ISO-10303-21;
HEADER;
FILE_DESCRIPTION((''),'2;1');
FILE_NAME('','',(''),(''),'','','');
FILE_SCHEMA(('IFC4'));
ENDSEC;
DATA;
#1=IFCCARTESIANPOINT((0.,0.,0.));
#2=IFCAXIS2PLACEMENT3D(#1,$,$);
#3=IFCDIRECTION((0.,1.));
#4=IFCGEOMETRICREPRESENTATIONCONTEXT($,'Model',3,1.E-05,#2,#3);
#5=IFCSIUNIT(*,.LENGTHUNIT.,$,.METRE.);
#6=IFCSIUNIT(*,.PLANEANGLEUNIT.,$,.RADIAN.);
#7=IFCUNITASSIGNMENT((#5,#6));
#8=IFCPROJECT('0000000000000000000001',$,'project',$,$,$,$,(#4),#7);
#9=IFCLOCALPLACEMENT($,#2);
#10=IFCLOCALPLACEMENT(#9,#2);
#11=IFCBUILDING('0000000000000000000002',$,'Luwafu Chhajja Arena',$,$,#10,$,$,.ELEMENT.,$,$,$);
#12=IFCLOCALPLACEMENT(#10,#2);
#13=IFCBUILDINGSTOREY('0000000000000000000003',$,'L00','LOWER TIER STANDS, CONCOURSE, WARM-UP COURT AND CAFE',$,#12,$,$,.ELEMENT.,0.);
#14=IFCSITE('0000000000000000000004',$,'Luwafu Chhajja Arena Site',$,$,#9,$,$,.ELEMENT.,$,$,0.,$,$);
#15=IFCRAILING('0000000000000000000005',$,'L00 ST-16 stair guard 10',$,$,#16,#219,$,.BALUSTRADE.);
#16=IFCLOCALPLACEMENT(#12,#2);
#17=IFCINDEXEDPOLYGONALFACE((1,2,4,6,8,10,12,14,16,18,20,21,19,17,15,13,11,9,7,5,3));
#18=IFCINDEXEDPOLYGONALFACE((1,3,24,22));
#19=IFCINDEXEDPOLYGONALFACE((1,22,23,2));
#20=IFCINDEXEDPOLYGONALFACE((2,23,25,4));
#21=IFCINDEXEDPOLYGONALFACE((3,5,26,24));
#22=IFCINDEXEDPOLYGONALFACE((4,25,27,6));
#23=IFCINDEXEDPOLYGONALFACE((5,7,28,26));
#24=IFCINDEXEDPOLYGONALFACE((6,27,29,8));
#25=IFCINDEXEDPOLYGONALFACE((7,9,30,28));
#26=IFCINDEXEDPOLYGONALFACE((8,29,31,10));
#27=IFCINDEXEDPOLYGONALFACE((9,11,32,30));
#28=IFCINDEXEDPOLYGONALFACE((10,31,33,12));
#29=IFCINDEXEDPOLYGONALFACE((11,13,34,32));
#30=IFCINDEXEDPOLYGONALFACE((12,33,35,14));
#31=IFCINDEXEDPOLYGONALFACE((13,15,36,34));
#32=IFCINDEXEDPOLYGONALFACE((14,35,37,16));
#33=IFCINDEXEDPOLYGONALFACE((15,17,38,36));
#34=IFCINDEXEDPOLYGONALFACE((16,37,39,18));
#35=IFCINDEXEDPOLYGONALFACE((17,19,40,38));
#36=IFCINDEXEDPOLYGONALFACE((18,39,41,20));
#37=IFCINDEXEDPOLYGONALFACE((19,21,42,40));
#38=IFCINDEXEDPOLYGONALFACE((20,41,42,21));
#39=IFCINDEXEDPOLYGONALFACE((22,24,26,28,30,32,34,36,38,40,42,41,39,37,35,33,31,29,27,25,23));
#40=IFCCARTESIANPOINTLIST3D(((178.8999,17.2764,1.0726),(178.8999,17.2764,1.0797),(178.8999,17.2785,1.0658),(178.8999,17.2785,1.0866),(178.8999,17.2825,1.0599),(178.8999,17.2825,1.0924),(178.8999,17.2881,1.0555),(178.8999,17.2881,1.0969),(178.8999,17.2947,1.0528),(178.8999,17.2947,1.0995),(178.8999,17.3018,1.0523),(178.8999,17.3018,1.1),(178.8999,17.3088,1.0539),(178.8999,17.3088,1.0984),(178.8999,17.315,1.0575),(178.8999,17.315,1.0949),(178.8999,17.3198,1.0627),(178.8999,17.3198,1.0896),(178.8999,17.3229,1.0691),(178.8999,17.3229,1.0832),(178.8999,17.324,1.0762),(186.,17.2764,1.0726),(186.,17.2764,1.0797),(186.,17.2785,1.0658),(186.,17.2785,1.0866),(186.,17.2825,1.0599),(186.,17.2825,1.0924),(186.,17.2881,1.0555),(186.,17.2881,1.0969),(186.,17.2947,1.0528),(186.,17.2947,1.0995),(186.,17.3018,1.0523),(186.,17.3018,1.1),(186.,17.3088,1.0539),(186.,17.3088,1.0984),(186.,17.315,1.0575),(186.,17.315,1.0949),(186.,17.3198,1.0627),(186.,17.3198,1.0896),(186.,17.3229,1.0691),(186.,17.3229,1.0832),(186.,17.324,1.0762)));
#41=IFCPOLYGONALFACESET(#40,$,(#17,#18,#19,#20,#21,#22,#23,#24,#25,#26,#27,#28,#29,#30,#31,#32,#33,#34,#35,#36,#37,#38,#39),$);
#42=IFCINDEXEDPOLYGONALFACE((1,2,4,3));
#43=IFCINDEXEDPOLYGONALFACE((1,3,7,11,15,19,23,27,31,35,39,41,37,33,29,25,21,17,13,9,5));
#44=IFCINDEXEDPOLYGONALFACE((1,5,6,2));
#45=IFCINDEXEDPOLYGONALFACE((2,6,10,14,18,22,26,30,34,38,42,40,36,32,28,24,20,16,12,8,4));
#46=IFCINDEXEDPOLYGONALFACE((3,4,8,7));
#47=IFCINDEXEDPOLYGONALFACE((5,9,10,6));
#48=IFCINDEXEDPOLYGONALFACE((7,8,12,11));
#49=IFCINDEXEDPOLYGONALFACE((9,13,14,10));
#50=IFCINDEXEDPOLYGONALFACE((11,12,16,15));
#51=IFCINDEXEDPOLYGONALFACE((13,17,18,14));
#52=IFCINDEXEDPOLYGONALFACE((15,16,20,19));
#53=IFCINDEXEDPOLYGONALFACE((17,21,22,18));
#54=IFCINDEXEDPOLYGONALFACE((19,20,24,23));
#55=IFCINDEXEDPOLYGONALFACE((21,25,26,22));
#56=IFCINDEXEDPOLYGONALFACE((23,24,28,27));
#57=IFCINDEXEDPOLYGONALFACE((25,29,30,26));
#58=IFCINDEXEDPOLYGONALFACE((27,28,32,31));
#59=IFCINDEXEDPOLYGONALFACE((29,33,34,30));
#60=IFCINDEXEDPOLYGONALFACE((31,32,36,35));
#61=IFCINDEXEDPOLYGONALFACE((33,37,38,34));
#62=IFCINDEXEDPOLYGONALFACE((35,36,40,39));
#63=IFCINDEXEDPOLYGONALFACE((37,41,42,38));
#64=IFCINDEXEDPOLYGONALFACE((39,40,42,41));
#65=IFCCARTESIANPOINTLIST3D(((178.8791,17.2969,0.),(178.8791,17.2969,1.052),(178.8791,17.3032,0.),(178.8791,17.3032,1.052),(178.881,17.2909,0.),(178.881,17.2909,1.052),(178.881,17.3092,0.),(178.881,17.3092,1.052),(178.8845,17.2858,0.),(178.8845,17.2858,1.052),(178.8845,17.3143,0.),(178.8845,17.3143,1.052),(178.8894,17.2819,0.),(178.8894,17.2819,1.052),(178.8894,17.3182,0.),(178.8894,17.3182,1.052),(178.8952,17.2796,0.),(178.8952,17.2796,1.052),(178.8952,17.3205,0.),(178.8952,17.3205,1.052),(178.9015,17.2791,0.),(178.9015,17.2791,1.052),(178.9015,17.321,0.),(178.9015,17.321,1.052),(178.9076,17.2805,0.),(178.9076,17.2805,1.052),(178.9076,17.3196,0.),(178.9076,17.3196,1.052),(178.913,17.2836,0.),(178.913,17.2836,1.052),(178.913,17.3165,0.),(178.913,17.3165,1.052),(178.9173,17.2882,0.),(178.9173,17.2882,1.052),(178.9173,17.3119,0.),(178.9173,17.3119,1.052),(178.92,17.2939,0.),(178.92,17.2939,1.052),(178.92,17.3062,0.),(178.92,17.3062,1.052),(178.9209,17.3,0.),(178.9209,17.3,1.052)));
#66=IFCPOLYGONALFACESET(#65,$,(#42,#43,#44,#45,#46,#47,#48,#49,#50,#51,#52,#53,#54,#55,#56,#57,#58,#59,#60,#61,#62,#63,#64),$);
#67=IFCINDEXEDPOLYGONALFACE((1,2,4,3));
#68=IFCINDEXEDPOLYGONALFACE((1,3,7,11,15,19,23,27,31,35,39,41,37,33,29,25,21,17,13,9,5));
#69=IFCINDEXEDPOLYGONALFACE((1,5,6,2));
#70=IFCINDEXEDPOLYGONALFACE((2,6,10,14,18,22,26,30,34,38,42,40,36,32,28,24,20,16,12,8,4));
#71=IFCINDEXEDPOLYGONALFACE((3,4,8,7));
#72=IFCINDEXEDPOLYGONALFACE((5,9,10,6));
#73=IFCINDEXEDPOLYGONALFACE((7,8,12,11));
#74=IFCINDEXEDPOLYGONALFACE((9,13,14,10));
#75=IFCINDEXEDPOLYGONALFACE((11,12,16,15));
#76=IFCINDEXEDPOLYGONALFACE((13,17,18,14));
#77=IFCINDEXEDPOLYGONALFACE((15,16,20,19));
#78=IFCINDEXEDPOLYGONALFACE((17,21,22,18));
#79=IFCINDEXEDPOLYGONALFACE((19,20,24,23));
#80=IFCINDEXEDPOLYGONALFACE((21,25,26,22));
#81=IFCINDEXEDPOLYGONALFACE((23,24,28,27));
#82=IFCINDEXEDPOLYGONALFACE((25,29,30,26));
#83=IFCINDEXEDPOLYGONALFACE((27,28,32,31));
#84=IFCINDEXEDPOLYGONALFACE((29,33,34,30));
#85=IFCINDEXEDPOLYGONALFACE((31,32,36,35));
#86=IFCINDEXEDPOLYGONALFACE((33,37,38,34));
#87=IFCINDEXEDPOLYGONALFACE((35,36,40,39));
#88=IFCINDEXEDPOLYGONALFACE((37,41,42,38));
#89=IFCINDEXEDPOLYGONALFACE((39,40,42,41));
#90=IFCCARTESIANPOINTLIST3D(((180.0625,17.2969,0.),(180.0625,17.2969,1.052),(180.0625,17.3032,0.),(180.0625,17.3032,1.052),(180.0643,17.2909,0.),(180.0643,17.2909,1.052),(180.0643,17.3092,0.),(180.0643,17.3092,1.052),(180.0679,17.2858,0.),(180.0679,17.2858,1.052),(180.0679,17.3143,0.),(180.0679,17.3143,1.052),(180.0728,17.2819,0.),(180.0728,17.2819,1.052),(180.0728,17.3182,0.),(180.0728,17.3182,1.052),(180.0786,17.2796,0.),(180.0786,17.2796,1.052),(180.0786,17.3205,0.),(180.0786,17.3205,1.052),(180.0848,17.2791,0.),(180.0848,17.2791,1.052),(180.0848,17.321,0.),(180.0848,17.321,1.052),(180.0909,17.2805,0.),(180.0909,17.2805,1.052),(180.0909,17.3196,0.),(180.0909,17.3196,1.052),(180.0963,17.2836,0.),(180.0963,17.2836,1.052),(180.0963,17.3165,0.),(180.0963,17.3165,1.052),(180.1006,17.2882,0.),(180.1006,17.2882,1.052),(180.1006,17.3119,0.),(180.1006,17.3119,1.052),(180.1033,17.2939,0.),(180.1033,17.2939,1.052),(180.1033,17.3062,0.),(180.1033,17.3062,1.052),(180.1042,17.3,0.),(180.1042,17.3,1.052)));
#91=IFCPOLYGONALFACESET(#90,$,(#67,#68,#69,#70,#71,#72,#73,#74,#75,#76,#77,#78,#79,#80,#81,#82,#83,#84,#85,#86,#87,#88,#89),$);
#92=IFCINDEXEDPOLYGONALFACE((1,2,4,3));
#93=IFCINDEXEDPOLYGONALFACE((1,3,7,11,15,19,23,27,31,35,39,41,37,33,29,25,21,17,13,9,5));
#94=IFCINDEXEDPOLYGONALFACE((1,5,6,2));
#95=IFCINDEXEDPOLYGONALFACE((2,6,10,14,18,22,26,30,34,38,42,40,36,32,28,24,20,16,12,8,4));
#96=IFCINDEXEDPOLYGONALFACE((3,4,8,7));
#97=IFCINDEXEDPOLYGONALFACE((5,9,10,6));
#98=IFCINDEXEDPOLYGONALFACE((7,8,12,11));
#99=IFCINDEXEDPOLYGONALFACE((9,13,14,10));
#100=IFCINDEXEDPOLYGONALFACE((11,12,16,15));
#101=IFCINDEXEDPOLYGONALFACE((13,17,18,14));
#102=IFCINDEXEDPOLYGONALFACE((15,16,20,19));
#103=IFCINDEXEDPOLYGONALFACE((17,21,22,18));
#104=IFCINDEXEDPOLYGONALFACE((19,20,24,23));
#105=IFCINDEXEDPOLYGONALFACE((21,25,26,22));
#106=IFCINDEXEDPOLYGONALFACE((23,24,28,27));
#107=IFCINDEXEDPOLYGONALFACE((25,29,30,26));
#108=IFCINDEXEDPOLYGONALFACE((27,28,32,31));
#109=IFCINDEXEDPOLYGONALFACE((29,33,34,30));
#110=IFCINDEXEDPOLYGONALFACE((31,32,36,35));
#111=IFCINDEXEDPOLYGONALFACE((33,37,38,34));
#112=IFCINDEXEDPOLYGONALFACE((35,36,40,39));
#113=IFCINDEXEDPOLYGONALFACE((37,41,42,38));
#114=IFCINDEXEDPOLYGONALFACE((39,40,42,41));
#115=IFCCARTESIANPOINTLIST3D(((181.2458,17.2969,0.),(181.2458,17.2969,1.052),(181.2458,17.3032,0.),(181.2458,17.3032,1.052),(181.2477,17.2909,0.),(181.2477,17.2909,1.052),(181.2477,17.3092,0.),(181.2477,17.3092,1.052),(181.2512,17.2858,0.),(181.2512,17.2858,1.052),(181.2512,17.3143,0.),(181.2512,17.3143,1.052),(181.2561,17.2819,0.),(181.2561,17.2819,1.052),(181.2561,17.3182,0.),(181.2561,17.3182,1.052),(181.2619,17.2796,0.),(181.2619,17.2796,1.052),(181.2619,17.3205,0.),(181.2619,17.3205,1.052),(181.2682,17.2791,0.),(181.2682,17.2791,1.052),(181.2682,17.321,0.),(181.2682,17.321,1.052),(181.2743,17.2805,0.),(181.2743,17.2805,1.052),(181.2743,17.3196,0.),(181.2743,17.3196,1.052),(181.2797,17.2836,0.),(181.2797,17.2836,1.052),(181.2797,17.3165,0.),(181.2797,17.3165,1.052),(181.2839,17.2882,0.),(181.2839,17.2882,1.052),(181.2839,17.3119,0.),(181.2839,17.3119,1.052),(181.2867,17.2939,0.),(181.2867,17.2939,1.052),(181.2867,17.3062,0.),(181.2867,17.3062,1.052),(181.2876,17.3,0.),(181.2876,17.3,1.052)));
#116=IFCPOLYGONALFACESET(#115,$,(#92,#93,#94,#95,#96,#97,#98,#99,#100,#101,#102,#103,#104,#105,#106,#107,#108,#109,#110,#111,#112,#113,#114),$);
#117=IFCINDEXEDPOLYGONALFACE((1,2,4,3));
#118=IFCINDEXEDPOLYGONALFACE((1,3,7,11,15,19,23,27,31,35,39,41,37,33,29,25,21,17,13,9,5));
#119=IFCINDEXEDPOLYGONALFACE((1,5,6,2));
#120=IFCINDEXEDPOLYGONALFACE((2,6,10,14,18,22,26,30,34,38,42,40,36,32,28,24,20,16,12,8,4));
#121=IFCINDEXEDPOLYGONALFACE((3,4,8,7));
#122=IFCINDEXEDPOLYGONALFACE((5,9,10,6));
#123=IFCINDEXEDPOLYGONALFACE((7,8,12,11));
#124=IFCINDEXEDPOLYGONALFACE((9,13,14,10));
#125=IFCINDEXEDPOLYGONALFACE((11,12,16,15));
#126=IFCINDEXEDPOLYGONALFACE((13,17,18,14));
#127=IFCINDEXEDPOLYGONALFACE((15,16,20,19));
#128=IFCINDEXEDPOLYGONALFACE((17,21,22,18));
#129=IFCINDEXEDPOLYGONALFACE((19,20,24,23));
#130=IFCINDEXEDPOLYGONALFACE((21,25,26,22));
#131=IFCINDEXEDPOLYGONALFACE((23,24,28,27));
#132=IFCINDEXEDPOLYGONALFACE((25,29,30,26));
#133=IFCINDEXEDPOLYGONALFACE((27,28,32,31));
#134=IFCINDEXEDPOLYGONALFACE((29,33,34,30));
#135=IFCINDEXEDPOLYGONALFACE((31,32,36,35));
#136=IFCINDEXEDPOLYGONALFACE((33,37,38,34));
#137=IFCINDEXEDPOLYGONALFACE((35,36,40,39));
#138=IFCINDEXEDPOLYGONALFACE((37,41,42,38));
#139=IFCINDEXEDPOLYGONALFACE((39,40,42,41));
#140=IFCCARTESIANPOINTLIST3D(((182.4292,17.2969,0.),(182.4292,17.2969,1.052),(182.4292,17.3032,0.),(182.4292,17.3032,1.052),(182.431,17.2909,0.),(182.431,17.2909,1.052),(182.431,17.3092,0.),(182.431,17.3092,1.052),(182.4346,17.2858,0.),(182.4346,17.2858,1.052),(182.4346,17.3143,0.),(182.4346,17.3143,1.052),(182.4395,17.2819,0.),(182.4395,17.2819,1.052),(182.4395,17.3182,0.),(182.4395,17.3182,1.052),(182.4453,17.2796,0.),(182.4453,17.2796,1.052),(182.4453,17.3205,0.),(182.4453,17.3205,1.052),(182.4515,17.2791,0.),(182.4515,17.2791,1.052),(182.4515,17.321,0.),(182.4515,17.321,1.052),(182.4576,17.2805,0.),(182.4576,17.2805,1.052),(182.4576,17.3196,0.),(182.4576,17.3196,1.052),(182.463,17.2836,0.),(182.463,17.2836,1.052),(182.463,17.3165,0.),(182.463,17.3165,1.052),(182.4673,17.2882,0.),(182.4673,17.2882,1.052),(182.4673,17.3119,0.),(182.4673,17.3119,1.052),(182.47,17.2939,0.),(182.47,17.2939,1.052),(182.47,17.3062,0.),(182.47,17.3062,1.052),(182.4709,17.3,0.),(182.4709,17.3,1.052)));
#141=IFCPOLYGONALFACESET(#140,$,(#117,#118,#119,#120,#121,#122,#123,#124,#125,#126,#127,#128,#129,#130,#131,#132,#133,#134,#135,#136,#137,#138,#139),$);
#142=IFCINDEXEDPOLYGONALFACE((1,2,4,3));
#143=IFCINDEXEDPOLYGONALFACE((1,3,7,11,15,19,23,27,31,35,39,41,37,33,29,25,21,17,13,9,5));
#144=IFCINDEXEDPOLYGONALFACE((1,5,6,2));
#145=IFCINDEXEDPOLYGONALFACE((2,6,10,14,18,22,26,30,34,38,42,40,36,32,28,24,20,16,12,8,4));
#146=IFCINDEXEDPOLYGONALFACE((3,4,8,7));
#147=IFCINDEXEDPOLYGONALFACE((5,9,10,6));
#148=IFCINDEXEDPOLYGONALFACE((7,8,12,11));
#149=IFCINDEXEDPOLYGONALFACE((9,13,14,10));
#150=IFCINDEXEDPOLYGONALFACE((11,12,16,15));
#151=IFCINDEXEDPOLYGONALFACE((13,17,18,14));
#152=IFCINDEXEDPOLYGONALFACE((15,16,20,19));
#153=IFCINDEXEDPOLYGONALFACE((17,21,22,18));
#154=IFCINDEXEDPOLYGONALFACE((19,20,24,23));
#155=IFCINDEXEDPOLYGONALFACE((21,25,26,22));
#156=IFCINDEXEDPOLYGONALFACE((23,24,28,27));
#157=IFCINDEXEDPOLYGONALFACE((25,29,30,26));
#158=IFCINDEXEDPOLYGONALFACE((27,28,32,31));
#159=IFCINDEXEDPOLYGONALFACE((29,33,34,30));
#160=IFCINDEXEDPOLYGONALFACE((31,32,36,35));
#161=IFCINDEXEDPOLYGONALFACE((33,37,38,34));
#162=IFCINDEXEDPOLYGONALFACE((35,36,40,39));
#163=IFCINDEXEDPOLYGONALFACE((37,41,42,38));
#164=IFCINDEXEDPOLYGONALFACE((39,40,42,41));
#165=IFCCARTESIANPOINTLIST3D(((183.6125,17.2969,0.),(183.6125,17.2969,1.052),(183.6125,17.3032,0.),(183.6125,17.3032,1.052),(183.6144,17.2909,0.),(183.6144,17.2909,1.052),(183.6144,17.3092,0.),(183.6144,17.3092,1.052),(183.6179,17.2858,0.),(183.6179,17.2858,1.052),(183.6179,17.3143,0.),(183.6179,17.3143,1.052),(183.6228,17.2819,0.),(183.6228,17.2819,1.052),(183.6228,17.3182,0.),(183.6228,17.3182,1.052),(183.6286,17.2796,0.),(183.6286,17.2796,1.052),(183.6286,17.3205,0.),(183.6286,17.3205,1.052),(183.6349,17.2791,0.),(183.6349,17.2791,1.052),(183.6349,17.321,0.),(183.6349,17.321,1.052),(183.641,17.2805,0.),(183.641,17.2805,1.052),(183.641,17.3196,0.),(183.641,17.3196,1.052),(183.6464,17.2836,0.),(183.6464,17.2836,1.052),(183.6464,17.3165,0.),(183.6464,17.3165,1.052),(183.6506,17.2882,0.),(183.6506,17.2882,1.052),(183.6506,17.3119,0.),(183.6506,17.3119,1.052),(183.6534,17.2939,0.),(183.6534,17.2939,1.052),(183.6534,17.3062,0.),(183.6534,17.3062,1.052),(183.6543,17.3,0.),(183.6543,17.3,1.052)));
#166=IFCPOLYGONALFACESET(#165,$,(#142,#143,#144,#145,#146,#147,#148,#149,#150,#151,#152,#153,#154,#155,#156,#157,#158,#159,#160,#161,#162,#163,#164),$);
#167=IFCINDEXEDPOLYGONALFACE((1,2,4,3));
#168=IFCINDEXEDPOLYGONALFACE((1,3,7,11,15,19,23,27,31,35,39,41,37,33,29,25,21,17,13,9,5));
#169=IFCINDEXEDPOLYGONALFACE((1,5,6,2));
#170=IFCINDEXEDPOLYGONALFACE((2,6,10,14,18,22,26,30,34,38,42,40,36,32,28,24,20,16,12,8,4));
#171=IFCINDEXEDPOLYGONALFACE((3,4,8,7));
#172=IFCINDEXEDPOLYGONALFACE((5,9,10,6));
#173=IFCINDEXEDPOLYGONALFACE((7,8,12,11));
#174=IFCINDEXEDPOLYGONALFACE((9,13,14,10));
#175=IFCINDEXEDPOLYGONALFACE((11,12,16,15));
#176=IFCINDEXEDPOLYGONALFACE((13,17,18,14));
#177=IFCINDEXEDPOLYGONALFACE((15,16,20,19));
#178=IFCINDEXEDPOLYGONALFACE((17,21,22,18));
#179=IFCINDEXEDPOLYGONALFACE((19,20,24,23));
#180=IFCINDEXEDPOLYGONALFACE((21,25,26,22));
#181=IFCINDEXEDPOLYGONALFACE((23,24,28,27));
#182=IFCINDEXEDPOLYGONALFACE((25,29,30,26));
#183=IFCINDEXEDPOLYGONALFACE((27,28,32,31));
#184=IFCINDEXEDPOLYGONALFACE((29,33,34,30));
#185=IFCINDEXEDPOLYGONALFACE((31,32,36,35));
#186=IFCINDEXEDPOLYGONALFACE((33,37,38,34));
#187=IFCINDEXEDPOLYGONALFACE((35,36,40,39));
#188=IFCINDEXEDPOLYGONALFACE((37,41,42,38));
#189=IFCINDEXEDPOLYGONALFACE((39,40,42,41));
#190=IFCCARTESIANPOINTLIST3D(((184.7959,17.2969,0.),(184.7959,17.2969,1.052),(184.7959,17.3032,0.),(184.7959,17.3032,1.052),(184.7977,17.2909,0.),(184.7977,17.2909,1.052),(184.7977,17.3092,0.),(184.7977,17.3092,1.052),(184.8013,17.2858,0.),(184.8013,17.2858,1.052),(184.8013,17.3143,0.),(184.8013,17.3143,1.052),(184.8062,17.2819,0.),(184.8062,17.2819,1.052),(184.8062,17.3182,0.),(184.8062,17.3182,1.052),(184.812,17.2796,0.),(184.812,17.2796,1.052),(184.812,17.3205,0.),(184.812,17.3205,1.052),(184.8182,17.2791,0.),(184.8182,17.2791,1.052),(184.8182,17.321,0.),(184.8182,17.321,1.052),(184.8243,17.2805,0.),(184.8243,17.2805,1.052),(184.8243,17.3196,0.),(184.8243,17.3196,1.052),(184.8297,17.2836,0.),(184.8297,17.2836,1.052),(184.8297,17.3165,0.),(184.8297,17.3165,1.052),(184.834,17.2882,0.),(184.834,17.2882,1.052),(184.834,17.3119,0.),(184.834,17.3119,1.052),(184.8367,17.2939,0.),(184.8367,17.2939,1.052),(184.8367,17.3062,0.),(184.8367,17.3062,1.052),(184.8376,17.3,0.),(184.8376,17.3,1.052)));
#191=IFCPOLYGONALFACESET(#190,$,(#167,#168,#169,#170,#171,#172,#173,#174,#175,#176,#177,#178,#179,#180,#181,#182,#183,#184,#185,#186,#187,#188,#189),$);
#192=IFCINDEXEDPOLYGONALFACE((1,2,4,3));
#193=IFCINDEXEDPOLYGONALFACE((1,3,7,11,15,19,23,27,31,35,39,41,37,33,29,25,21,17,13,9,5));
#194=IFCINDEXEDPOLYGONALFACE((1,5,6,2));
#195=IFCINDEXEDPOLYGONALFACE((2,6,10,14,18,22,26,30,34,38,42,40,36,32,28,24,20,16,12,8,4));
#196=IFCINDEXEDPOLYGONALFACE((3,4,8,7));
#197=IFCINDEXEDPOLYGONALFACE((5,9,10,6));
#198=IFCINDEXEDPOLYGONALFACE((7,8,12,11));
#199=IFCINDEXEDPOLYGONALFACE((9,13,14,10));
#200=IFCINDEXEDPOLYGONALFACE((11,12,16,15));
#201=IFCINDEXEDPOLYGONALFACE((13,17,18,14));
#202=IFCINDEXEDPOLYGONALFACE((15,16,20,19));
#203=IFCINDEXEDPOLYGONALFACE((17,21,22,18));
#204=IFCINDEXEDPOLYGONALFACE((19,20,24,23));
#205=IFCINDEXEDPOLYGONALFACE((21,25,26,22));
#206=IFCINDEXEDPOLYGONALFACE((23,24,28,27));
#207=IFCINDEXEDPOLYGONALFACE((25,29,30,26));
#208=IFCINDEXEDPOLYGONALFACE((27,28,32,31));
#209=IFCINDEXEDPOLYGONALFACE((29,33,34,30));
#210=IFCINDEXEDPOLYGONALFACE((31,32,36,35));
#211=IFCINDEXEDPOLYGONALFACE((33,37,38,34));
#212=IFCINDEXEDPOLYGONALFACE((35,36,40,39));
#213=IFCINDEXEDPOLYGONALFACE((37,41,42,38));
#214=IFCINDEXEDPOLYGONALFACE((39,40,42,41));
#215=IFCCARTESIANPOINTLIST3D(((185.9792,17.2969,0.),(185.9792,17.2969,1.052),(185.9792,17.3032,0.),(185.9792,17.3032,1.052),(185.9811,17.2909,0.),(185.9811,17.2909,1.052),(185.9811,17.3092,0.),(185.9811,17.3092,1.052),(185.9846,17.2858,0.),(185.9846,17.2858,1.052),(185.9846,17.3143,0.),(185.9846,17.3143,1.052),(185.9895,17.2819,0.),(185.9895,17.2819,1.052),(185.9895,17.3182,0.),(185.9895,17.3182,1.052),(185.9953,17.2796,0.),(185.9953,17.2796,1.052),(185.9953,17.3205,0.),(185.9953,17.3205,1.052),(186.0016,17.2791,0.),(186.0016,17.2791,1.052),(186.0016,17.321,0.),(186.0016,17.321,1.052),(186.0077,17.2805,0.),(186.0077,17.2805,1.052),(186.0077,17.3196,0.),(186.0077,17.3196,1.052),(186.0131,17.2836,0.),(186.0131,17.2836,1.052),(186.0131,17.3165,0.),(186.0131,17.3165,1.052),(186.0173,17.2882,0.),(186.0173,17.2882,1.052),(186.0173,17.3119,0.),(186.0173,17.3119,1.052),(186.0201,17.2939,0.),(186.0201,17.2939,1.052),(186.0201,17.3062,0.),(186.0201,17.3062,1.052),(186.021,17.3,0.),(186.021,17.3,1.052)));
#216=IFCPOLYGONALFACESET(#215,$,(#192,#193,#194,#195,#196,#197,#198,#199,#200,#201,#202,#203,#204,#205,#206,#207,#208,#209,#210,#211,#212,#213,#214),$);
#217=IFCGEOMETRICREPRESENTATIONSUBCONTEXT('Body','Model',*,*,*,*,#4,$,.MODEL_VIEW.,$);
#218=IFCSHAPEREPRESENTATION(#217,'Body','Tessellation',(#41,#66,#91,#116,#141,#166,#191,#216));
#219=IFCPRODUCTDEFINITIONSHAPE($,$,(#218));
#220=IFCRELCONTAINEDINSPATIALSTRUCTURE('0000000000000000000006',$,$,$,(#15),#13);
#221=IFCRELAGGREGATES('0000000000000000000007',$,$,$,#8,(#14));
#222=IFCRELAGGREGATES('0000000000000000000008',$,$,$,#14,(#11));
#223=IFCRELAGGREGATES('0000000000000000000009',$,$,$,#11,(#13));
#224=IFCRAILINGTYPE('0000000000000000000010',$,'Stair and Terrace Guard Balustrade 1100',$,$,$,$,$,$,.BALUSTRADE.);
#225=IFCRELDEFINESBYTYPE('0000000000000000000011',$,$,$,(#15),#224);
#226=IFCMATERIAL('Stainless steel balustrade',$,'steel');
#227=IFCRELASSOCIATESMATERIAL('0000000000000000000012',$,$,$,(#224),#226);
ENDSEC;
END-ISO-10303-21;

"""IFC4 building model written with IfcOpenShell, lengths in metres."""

from ifc_helpers import new_model, si_unit, direction, frame, origin, origin_2d, place, context, subcontext, project, spatial, circle, extrude, material, type_object, element, save


model = new_model("IFC4")

# Units and contexts
model_context = context("Model", 3, precision=1e-05, world=origin(), true_north=direction((0.0, 1.0)))
body_context = subcontext(model_context, "Body", "Model", "MODEL_VIEW")
ifc_project = project(units=[si_unit("LENGTHUNIT", "METRE"), si_unit("PLANEANGLEUNIT", "RADIAN")], contexts=[model_context])

# Site, building, storey
site_placement = place(None, origin())
site = spatial("IfcSite", under=ifc_project, at=site_placement, Name="Luwafu Chhajja Arena Site", CompositionType="ELEMENT", RefElevation=0.0)
building_placement = place(site_placement, origin())
building = spatial("IfcBuilding", under=site, at=building_placement, Name="Luwafu Chhajja Arena", CompositionType="ELEMENT")
storey_placement = place(building_placement, origin())
storey = spatial("IfcBuildingStorey", under=building, at=storey_placement, Name="L00", Description="LOWER TIER STANDS, CONCOURSE, WARM-UP COURT AND CAFE", CompositionType="ELEMENT", Elevation=0.0)

# Railing
ifc_material_1 = material(Name="Stainless steel balustrade", Category="steel")
railing_type_1 = type_object("IfcRailingType", Name="Stair and Terrace Guard Balustrade 1100", PredefinedType="BALUSTRADE", material=ifc_material_1)
for number, where, name in (
    (1, (178.8999, 17.3, 0.0), "L00 ST-16 stair guard 10"),
):
    element("IfcRailing", number, at=place(storey_placement, frame(where)), inside=storey, type_object=railing_type_1, Name=name, PredefinedType="BALUSTRADE", context=body_context, shape_type="SweptSolid", body=[
        extrude(circle(Radius=0.0239, at=origin_2d()), frame((0.0, 0.0, 1.0762), z_axis=(1.0, 0.0, 0.0), x_axis=(0.0, 1.0, 0.0)), (0.0, 0.0, 1.0), 7.1001),
        extrude(circle(Radius=0.021, at=origin_2d()), origin(), (0.0, 0.0, 1.0), 1.052),
        extrude(circle(Radius=0.021, at=origin_2d()), frame((1.1833, 0.0, 0.0)), (0.0, 0.0, 1.0), 1.052),
        extrude(circle(Radius=0.021, at=origin_2d()), frame((2.3667, 0.0, 0.0)), (0.0, 0.0, 1.0), 1.052),
        extrude(circle(Radius=0.021, at=origin_2d()), frame((3.55, 0.0, 0.0)), (0.0, 0.0, 1.0), 1.052),
        extrude(circle(Radius=0.021, at=origin_2d()), frame((4.7334, 0.0, 0.0)), (0.0, 0.0, 1.0), 1.052),
        extrude(circle(Radius=0.021, at=origin_2d()), frame((5.9167, 0.0, 0.0)), (0.0, 0.0, 1.0), 1.052),
        extrude(circle(Radius=0.021, at=origin_2d()), frame((7.1001, 0.0, 0.0)), (0.0, 0.0, 1.0), 1.052),
    ])

save(model, "model.ifc")
